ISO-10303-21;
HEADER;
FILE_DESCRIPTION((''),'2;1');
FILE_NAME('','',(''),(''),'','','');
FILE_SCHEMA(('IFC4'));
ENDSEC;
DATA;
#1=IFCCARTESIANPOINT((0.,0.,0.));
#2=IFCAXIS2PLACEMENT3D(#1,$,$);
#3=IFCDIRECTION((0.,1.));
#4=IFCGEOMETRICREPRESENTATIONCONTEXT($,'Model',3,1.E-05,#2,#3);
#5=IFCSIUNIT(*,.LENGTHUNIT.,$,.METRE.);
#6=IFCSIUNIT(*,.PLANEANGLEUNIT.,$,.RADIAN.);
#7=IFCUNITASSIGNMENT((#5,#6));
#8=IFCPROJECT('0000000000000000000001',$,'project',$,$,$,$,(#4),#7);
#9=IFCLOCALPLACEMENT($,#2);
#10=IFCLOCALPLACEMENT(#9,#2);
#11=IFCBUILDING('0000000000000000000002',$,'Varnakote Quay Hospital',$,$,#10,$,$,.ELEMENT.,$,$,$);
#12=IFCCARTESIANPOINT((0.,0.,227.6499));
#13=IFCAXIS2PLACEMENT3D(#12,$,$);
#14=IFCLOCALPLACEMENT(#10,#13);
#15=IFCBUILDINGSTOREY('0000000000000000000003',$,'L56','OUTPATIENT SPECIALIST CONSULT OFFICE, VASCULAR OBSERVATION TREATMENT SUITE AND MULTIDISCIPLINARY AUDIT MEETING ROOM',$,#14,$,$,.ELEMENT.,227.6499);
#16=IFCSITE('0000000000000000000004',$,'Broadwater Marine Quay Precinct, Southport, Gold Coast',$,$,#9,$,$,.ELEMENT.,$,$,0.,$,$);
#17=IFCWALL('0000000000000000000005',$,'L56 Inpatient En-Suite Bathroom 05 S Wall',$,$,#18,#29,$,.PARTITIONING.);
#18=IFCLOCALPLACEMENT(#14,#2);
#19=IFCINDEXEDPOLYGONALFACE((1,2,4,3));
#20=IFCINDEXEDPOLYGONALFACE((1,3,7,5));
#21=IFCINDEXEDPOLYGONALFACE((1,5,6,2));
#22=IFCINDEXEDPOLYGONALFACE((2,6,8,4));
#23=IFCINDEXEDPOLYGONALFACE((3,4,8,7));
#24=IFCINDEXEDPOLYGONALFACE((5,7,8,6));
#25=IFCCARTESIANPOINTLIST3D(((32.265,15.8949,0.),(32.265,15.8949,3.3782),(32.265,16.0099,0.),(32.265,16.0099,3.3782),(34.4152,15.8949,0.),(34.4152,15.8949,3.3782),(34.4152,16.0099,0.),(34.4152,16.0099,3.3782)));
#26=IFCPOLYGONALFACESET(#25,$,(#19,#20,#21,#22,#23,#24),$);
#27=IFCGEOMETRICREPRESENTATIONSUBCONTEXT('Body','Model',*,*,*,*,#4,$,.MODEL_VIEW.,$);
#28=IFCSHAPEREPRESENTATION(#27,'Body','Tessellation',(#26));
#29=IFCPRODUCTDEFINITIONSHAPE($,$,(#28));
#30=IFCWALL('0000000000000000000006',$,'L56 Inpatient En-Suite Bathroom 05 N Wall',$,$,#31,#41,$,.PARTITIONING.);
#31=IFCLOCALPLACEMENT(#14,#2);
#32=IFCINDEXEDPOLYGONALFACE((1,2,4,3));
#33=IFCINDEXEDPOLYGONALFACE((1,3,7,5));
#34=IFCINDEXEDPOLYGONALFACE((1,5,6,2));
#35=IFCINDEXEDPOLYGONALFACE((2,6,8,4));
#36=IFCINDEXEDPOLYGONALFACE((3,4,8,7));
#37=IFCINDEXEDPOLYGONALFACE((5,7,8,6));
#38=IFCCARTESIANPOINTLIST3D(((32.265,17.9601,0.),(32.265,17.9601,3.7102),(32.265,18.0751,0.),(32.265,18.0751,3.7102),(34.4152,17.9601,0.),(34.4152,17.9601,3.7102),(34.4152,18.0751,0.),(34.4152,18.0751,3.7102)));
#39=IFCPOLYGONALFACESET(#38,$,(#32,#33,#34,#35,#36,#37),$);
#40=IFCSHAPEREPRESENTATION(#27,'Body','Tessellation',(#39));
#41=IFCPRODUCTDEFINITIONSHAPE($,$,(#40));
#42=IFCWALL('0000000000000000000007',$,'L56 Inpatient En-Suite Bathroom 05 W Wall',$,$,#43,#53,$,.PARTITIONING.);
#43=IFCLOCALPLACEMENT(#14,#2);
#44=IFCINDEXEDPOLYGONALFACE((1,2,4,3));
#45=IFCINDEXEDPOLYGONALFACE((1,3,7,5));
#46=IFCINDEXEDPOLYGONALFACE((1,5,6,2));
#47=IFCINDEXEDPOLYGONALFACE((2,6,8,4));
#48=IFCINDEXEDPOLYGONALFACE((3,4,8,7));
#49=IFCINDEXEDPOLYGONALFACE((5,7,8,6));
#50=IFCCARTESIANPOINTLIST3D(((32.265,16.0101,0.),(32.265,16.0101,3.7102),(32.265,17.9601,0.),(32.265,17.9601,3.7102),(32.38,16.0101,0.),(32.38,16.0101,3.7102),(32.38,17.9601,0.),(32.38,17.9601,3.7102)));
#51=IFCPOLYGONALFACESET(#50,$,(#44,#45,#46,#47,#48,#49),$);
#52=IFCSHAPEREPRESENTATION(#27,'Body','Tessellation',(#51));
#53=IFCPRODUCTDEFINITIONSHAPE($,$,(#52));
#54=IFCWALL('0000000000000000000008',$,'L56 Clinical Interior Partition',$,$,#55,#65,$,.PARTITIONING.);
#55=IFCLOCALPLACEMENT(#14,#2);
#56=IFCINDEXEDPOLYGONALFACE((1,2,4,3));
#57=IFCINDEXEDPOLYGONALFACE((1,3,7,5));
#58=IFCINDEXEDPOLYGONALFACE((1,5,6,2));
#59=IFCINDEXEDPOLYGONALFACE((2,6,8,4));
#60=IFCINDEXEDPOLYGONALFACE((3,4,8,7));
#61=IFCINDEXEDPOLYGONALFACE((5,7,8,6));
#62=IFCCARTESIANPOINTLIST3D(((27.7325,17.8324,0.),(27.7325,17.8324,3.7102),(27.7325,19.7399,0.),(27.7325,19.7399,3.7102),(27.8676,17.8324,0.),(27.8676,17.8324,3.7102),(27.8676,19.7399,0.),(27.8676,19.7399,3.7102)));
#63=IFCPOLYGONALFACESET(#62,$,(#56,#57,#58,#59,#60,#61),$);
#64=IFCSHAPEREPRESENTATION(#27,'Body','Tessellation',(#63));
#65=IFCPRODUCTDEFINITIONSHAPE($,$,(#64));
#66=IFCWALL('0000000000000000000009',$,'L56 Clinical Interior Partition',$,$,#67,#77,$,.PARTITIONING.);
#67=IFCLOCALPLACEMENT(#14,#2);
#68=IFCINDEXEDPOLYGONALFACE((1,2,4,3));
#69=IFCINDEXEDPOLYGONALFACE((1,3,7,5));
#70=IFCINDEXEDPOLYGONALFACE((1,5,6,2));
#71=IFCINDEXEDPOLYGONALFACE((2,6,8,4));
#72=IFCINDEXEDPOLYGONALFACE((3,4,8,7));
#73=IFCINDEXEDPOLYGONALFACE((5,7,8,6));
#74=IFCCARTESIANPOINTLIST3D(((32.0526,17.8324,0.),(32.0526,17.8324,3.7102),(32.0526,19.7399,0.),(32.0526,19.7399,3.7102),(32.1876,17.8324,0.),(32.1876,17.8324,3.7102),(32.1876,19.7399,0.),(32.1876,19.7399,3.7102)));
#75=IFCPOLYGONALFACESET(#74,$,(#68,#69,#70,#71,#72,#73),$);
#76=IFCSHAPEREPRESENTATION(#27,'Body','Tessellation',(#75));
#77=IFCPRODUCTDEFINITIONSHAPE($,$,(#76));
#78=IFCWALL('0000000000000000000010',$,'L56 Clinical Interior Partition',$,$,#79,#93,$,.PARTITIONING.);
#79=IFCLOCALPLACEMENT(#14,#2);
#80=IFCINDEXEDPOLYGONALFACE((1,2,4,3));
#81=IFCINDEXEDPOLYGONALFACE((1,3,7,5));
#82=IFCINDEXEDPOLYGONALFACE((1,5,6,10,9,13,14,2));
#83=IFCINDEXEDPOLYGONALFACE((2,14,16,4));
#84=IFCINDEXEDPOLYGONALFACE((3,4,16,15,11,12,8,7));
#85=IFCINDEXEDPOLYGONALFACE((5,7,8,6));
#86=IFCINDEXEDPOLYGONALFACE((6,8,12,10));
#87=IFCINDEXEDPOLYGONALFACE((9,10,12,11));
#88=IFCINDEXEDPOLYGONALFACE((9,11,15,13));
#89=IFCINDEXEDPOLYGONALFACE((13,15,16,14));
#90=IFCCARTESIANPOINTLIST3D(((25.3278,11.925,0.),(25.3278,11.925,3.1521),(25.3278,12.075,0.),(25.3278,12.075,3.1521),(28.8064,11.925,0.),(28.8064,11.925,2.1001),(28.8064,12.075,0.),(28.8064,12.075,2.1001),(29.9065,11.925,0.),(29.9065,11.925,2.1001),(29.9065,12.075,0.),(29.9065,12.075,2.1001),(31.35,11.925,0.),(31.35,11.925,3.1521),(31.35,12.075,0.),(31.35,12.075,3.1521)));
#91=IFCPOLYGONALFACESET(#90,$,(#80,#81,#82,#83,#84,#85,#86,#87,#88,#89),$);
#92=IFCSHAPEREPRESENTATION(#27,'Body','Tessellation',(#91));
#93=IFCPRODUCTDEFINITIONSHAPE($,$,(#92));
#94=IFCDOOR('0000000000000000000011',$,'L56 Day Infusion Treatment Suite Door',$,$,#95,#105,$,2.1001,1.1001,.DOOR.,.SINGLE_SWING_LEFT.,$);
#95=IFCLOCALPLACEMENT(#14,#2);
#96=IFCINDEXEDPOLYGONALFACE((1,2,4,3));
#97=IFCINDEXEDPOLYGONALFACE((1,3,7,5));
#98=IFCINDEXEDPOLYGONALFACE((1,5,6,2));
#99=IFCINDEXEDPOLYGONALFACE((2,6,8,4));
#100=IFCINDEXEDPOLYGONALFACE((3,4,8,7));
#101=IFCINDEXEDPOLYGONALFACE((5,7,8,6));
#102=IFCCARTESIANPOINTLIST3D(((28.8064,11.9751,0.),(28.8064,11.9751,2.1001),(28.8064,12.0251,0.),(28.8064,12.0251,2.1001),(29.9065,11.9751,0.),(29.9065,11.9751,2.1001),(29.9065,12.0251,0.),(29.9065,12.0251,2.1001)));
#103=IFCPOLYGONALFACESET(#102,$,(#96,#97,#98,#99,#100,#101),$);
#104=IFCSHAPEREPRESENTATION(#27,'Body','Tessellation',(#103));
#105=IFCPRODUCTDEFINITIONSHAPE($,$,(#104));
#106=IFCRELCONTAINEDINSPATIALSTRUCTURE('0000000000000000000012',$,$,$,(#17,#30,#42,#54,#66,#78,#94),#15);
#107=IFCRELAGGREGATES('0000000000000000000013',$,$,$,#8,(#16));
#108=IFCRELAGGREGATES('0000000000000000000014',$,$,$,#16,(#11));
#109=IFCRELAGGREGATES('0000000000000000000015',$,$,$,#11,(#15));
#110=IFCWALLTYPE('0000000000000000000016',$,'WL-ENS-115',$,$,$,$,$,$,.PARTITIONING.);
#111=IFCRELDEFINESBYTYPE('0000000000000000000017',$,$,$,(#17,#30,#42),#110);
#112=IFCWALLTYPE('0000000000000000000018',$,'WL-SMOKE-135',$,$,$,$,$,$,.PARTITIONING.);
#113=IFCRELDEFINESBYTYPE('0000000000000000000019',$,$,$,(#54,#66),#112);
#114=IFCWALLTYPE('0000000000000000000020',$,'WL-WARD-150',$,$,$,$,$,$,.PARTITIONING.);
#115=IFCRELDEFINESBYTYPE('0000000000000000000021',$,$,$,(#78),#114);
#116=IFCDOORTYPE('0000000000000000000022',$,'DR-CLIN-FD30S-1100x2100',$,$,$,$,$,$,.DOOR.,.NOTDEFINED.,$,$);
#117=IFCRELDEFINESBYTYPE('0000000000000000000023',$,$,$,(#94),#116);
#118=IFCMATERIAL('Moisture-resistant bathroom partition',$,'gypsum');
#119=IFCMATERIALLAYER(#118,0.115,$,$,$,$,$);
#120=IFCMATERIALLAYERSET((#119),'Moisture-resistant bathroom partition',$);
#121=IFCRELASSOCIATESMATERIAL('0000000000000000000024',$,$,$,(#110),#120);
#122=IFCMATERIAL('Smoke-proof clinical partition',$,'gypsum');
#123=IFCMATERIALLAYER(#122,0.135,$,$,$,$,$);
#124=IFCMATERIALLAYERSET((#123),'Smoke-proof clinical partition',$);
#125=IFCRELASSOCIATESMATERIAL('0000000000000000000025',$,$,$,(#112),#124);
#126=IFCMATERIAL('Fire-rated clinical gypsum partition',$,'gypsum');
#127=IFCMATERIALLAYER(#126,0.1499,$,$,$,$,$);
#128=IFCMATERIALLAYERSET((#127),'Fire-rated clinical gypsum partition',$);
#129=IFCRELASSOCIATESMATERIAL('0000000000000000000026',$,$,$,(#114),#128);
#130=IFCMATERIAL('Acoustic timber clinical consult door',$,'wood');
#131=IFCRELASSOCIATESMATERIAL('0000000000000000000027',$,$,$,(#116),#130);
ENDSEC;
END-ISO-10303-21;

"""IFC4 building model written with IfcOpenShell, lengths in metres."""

from ifc_helpers import new_model, si_unit, direction, frame, frame_2d, origin, place, context, subcontext, project, spatial, rectangle, extrude, material, layer, layer_set, type_object, element, fill, save


model = new_model("IFC4")

# Units and contexts
model_context = context("Model", 3, precision=1e-05, world=origin(), true_north=direction((0.0, 1.0)))
body_context = subcontext(model_context, "Body", "Model", "MODEL_VIEW")
ifc_project = project(units=[si_unit("LENGTHUNIT", "METRE"), si_unit("PLANEANGLEUNIT", "RADIAN")], contexts=[model_context])

# Site, building, storey
site_placement = place(None, origin())
site = spatial("IfcSite", under=ifc_project, at=site_placement, Name="Broadwater Marine Quay Precinct, Southport, Gold Coast", CompositionType="ELEMENT", RefElevation=0.0)
building_placement = place(site_placement, origin())
building = spatial("IfcBuilding", under=site, at=building_placement, Name="Varnakote Quay Hospital", CompositionType="ELEMENT")
storey_placement = place(building_placement, frame((0.0, 0.0, 227.6499)))
storey = spatial("IfcBuildingStorey", under=building, at=storey_placement, Name="L56", Description="OUTPATIENT SPECIALIST CONSULT OFFICE, VASCULAR OBSERVATION TREATMENT SUITE AND MULTIDISCIPLINARY AUDIT MEETING ROOM", CompositionType="ELEMENT", Elevation=227.6499)

# Shared definitions
ifc_material_1 = material(Name="Moisture-resistant bathroom partition", Category="gypsum")
ifc_layer_1 = layer(ifc_material_1, 0.115)
ifc_layer_set_1 = layer_set([ifc_layer_1], Name="Moisture-resistant bathroom partition")
wall_type_1 = type_object("IfcWallType", Name="WL-ENS-115", PredefinedType="PARTITIONING", material=ifc_layer_set_1)

# Walls
wall_1_placement = place(storey_placement, frame((32.2649, 15.9524, 0.0), z_axis=(0.0, 0.0, 1.0), x_axis=(1.0, 0.0, 0.0)))
element("IfcWall", 1, at=wall_1_placement, inside=storey, type_object=wall_type_1, Name="L56 Inpatient En-Suite Bathroom 05 S Wall", PredefinedType="PARTITIONING", context=body_context, shape_type="SweptSolid", body=[
    extrude(rectangle(XDim=2.1501, YDim=0.115, at=frame_2d((1.0752, 0.0))), origin(), (0.0, 0.0, 1.0), 3.3782),
])
wall_2_placement = place(storey_placement, frame((32.2649, 18.0176, 0.0), z_axis=(0.0, 0.0, 1.0), x_axis=(1.0, 0.0, 0.0)))
element("IfcWall", 2, at=wall_2_placement, inside=storey, type_object=wall_type_1, Name="L56 Inpatient En-Suite Bathroom 05 N Wall", PredefinedType="PARTITIONING", context=body_context, shape_type="SweptSolid", body=[
    extrude(rectangle(XDim=2.1501, YDim=0.115, at=frame_2d((1.0752, 0.0))), origin(), (0.0, 0.0, 1.0), 3.7102),
])
wall_3_placement = place(storey_placement, frame((32.3225, 16.01, 0.0), z_axis=(0.0, 0.0, 1.0), x_axis=(0.0, 1.0, 0.0)))
element("IfcWall", 3, at=wall_3_placement, inside=storey, type_object=wall_type_1, Name="L56 Inpatient En-Suite Bathroom 05 W Wall", PredefinedType="PARTITIONING", context=body_context, shape_type="SweptSolid", body=[
    extrude(rectangle(XDim=1.95, YDim=0.115, at=frame_2d((0.9751, 0.0))), origin(), (0.0, 0.0, 1.0), 3.7102),
])
ifc_material_2 = material(Name="Smoke-proof clinical partition", Category="gypsum")
ifc_layer_2 = layer(ifc_material_2, 0.135)
ifc_layer_set_2 = layer_set([ifc_layer_2], Name="Smoke-proof clinical partition")
wall_type_2 = type_object("IfcWallType", Name="WL-SMOKE-135", PredefinedType="PARTITIONING", material=ifc_layer_set_2)
for number, where, z_axis, x_axis, name in (
    (4, (27.8, 17.8325, 0.0), (0.0, 0.0, 1.0), (0.0, 1.0, 0.0), "L56 Clinical Interior Partition"),
    (5, (32.1201, 17.8325, 0.0), (0.0, 0.0, 1.0), (0.0, 1.0, 0.0), "L56 Clinical Interior Partition"),
):
    element("IfcWall", number, at=place(storey_placement, frame(where, z_axis=z_axis, x_axis=x_axis)), inside=storey, type_object=wall_type_2, Name=name, PredefinedType="PARTITIONING", context=body_context, shape_type="SweptSolid", body=[
        extrude(rectangle(XDim=1.9075, YDim=0.135, at=frame_2d((0.9536, 0.0))), origin(), (0.0, 0.0, 1.0), 3.7102),
    ])

# Wall, opening, door
ifc_material_3 = material(Name="Fire-rated clinical gypsum partition", Category="gypsum")
ifc_layer_3 = layer(ifc_material_3, 0.1499)
ifc_layer_set_3 = layer_set([ifc_layer_3], Name="Fire-rated clinical gypsum partition")
wall_type_3 = type_object("IfcWallType", Name="WL-WARD-150", PredefinedType="PARTITIONING", material=ifc_layer_set_3)
wall_4_placement = place(storey_placement, frame((31.3501, 12.0, 0.0), z_axis=(0.0, 0.0, 1.0), x_axis=(-1.0, 0.0, 0.0)))
wall_4 = element("IfcWall", 6, at=wall_4_placement, inside=storey, type_object=wall_type_3, Name="L56 Clinical Interior Partition", PredefinedType="PARTITIONING", context=body_context, shape_type="SweptSolid", body=[
    extrude(rectangle(XDim=6.0222, YDim=0.1499, at=frame_2d((3.0112, 0.0))), origin(), (0.0, 0.0, 1.0), 3.1521),
])
opening_1_placement = place(wall_4_placement, frame((1.4436, 0.0, 0.0)))
opening_1 = element("IfcOpeningElement", 7, at=opening_1_placement, cuts=wall_4, PredefinedType="OPENING", context=body_context, shape_type="SweptSolid", body=[
    extrude(rectangle(XDim=1.1001, YDim=2.1001, at=frame_2d((0.55, 1.05))), frame((0.0, 0.085, 0.0), z_axis=(0.0, -1.0, 0.0), x_axis=(1.0, 0.0, 0.0)), (0.0, 0.0, 1.0), 0.1699),
])
ifc_material_4 = material(Name="Acoustic timber clinical consult door", Category="wood")
door_type_1 = type_object("IfcDoorType", Name="DR-CLIN-FD30S-1100x2100", OperationType="NOTDEFINED", PredefinedType="DOOR", material=ifc_material_4)
door_1_placement = place(opening_1_placement, origin())
door_1 = element("IfcDoor", 8, at=door_1_placement, inside=storey, type_object=door_type_1, Name="L56 Day Infusion Treatment Suite Door", OperationType="SINGLE_SWING_LEFT", OverallHeight=2.1001, OverallWidth=1.1001, PredefinedType="DOOR", context=body_context, shape_type="SweptSolid", body=[
    extrude(rectangle(XDim=1.1001, YDim=2.1001, at=frame_2d((0.55, 1.05))), frame((0.0, 0.0249, 0.0), z_axis=(0.0, -1.0, 0.0), x_axis=(1.0, 0.0, 0.0)), (0.0, 0.0, 1.0), 0.05),
])
fill(opening_1, door_1)

save(model, "model.ifc")
